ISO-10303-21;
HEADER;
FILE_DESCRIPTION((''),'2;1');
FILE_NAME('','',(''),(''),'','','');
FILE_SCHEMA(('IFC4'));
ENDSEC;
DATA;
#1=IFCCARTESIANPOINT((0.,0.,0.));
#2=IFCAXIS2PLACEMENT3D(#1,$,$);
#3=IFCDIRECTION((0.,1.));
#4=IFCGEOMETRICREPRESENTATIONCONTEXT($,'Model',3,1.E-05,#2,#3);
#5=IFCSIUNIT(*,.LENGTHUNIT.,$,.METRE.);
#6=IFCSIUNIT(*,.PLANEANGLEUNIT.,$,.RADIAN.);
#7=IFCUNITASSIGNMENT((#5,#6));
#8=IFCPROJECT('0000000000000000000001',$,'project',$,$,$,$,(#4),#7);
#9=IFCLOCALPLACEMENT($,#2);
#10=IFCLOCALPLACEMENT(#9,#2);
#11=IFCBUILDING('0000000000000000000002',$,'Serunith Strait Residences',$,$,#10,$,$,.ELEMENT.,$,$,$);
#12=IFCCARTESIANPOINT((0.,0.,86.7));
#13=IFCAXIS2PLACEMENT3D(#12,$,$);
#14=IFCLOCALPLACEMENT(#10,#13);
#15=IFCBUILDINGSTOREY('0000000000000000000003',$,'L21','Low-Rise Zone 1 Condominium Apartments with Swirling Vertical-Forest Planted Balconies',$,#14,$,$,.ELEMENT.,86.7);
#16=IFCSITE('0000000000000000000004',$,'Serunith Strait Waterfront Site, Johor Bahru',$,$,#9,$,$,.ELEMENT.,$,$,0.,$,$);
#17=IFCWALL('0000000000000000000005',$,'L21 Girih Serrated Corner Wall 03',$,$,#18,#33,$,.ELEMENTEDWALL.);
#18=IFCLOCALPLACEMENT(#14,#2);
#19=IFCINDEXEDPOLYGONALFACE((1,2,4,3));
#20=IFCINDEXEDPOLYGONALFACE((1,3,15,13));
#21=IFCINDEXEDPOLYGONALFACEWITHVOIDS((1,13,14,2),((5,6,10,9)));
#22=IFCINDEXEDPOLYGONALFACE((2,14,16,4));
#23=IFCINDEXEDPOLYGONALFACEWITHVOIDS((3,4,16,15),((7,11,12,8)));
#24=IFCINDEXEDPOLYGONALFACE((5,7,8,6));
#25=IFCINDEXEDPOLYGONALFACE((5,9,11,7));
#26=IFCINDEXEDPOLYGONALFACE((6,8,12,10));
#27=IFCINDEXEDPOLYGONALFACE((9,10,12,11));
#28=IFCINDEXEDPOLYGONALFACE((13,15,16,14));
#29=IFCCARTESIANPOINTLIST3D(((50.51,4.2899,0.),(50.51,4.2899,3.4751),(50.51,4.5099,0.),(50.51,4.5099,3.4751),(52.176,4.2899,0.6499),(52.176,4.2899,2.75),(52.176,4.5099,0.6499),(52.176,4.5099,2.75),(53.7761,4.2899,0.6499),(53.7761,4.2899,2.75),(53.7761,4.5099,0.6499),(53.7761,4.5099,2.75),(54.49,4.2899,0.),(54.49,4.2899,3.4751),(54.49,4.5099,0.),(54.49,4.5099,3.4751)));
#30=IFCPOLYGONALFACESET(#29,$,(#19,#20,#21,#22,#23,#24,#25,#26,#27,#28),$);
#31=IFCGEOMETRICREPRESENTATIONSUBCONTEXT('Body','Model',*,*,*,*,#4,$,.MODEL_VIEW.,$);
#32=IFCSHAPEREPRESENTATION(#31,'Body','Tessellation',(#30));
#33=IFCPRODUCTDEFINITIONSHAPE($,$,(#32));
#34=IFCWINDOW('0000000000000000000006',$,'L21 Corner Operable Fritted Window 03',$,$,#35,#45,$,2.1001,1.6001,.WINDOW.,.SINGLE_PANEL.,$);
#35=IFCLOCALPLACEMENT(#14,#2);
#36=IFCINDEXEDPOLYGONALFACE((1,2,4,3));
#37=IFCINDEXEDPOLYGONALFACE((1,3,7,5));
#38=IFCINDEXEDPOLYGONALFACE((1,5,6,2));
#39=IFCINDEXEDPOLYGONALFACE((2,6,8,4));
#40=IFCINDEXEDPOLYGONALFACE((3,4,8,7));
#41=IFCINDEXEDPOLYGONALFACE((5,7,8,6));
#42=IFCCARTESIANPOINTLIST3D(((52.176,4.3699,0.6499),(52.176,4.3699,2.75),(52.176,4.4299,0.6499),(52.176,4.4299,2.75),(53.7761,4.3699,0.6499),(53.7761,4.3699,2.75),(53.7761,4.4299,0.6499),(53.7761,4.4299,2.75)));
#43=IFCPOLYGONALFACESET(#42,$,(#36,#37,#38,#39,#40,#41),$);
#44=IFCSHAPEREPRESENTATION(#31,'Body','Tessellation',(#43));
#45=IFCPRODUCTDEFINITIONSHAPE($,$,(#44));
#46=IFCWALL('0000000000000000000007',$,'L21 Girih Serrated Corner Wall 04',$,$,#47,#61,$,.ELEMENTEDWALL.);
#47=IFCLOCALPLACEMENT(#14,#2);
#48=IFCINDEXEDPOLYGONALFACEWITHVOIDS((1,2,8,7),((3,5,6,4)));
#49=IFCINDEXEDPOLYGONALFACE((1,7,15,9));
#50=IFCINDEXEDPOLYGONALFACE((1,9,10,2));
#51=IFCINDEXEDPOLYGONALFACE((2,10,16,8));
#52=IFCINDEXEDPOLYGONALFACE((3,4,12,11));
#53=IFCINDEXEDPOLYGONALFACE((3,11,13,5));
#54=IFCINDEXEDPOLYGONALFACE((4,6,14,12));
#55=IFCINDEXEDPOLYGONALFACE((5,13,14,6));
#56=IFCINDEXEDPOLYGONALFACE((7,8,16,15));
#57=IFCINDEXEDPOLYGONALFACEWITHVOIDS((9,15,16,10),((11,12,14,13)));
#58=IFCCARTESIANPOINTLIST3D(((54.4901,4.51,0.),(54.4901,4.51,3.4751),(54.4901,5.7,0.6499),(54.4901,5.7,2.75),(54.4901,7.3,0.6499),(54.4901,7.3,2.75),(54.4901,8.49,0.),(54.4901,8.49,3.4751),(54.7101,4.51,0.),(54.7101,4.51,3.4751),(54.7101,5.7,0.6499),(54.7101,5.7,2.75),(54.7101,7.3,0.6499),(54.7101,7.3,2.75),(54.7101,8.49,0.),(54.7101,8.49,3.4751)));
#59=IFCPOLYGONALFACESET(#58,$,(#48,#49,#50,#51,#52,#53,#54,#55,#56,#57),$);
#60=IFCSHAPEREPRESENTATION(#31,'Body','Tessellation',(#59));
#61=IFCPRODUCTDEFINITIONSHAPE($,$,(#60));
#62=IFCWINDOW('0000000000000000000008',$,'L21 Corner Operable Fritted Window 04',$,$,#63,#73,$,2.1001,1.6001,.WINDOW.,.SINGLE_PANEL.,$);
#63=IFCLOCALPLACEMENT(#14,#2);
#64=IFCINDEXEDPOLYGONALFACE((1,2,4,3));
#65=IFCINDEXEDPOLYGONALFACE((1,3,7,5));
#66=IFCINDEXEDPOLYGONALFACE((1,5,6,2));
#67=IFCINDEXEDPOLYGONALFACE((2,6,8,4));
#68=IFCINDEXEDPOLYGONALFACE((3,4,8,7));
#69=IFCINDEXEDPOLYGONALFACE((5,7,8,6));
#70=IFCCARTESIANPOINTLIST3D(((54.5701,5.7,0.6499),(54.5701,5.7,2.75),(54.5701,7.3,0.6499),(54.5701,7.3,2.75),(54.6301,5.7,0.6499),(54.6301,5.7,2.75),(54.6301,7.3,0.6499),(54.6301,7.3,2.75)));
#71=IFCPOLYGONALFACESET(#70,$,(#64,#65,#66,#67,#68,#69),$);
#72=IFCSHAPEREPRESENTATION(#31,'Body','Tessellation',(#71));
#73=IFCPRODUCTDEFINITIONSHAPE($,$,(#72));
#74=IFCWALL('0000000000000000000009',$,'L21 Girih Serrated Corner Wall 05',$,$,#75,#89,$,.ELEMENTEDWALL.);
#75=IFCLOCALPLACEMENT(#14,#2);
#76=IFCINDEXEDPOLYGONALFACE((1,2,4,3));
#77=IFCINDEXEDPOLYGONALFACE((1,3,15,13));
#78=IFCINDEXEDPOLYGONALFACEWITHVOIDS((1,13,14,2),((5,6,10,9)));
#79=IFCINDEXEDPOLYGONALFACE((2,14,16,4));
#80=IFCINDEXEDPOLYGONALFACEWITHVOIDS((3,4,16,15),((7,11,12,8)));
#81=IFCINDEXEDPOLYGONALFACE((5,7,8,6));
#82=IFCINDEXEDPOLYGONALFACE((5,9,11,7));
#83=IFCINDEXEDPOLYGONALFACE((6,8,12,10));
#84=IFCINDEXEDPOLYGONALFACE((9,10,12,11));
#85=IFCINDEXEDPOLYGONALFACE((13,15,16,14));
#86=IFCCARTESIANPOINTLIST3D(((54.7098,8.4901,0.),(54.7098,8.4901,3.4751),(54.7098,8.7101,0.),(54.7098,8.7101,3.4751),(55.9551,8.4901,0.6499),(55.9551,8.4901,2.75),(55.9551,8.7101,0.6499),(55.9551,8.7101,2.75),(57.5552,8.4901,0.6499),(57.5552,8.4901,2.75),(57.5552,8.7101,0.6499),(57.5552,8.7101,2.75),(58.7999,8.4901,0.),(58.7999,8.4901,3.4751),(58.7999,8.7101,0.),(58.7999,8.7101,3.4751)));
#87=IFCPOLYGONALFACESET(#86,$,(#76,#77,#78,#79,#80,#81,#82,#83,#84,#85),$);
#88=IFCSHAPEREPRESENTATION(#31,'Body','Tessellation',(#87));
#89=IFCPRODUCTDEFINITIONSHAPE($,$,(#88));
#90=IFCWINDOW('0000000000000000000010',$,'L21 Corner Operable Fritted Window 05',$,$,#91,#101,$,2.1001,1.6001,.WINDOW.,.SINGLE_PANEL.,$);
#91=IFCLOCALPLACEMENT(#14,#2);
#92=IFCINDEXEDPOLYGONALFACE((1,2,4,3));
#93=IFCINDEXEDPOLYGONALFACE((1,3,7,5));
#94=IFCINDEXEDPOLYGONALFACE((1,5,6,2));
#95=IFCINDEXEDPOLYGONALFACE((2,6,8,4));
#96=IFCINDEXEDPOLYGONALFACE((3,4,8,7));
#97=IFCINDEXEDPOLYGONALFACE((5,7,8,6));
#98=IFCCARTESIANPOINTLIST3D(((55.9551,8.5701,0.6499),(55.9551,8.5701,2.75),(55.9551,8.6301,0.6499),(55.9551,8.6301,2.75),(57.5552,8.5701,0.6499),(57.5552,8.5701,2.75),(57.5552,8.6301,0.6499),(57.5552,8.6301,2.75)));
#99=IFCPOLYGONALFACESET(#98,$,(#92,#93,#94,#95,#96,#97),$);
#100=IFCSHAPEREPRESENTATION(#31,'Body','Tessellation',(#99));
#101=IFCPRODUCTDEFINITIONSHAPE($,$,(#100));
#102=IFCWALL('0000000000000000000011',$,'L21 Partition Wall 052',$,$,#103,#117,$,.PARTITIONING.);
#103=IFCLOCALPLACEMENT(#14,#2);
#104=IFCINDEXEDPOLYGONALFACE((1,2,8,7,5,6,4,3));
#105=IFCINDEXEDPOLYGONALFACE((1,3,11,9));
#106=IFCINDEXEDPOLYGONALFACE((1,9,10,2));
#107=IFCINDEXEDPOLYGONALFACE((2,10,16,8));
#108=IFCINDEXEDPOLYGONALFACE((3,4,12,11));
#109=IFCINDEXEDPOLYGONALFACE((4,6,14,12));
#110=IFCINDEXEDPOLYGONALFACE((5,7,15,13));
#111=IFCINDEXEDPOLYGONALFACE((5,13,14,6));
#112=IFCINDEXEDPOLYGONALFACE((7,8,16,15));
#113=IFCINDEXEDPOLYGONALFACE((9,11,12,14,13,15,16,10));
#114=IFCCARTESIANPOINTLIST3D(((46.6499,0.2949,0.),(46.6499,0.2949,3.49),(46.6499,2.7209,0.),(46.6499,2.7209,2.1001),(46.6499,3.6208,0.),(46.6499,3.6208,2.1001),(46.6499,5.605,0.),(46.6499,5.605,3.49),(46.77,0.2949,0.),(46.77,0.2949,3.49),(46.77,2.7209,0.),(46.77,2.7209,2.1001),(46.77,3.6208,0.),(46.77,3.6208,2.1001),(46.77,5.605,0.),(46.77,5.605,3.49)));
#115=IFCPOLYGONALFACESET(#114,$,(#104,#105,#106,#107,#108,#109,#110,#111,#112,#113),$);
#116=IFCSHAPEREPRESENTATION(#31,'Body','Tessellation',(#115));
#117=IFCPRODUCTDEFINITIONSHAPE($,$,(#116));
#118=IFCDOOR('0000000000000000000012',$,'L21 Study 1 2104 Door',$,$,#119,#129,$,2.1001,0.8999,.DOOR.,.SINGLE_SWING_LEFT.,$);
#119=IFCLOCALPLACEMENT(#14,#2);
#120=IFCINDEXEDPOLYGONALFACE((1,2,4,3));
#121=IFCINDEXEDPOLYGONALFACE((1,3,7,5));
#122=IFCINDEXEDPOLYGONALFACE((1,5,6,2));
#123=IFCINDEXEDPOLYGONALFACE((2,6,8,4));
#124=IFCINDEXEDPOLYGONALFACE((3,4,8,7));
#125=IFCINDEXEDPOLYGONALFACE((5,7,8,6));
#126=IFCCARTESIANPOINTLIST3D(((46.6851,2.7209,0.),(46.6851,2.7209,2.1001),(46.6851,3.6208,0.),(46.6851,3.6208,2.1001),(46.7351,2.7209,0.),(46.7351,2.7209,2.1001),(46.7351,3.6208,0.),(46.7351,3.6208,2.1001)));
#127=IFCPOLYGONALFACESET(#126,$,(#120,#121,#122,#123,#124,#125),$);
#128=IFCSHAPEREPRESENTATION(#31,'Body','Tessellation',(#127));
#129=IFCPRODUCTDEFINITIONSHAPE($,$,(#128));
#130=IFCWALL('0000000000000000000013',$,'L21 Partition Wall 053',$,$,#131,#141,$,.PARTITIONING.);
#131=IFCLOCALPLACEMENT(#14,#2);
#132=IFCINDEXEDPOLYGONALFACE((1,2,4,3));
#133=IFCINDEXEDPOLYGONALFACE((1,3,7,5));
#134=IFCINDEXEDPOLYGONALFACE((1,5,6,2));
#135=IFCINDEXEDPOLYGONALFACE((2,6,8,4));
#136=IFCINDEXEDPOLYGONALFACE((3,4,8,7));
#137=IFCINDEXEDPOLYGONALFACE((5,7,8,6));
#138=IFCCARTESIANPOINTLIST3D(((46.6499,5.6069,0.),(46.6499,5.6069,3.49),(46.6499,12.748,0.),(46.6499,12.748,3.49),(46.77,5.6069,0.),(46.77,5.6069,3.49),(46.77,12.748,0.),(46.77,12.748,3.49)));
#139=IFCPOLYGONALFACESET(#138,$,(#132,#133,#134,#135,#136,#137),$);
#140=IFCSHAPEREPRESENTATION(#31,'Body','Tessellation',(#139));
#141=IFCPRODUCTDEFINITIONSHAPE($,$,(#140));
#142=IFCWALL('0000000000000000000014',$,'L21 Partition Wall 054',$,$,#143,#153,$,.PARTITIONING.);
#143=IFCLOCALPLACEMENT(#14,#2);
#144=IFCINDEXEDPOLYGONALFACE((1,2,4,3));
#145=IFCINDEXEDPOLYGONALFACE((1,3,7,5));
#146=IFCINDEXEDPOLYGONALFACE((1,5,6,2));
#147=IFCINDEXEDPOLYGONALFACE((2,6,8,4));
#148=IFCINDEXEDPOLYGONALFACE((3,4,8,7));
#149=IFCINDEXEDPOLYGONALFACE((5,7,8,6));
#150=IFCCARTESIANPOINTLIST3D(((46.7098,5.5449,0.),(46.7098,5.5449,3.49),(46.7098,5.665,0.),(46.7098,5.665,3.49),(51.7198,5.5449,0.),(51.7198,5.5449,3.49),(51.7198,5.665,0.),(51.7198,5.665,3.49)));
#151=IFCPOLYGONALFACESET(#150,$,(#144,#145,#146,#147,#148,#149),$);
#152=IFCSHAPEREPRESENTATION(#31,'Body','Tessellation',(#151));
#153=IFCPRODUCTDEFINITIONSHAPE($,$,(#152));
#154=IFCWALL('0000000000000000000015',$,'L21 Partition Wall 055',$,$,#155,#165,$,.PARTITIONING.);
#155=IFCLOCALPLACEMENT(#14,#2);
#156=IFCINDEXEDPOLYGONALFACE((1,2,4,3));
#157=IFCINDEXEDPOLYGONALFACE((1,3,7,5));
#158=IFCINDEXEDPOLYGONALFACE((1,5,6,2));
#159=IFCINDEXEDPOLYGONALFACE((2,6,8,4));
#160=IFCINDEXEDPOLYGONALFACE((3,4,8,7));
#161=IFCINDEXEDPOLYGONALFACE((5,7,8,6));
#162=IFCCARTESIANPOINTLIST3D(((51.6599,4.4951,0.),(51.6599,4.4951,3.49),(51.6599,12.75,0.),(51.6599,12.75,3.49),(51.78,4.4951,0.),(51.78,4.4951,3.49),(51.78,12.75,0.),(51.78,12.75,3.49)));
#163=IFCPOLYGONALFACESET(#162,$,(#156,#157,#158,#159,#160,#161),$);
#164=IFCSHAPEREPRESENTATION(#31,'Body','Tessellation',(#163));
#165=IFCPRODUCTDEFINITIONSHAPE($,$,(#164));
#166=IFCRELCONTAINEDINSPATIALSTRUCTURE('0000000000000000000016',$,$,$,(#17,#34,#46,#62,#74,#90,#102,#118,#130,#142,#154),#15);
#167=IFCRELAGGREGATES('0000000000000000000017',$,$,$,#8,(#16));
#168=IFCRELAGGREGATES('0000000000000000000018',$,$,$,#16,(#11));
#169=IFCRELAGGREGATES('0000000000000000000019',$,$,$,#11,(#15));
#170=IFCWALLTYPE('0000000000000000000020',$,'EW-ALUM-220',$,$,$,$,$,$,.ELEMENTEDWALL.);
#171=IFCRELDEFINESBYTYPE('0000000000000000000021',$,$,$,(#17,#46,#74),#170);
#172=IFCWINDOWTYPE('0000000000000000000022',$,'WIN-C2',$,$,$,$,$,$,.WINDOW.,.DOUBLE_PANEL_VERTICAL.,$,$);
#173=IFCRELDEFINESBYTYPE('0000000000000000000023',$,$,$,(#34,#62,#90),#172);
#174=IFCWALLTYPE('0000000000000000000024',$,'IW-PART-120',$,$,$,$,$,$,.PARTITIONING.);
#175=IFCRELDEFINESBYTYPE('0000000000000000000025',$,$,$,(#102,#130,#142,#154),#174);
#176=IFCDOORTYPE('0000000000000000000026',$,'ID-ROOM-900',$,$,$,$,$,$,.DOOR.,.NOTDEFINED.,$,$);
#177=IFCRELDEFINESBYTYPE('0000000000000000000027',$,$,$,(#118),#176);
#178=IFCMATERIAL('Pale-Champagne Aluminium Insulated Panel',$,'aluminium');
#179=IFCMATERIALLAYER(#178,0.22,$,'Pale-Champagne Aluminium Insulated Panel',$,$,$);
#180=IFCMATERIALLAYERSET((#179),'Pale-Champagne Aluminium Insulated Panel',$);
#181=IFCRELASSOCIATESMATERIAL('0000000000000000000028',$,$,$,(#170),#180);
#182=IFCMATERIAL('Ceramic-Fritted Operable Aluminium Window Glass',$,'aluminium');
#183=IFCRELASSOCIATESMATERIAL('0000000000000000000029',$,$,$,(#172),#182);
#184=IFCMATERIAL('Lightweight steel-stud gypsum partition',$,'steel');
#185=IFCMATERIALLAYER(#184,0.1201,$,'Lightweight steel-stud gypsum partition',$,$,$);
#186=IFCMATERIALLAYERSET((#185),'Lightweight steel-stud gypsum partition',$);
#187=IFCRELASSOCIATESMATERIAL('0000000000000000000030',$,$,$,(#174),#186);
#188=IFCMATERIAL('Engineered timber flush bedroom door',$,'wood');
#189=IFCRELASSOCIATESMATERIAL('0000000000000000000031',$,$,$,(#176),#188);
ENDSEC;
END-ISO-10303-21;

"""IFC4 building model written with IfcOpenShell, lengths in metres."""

from ifc_helpers import new_model, si_unit, direction, frame, frame_2d, origin, place, context, subcontext, project, spatial, rectangle, extrude, source, transform, mapped, material, layer, layer_set, type_object, element, fill, save


model = new_model("IFC4")

# Units and contexts
model_context = context("Model", 3, precision=1e-05, world=origin(), true_north=direction((0.0, 1.0)))
body_context = subcontext(model_context, "Body", "Model", "MODEL_VIEW")
ifc_project = project(units=[si_unit("LENGTHUNIT", "METRE"), si_unit("PLANEANGLEUNIT", "RADIAN")], contexts=[model_context])

# Site, building, storey
site_placement = place(None, origin())
site = spatial("IfcSite", under=ifc_project, at=site_placement, Name="Serunith Strait Waterfront Site, Johor Bahru", CompositionType="ELEMENT", RefElevation=0.0)
building_placement = place(site_placement, origin())
building = spatial("IfcBuilding", under=site, at=building_placement, Name="Serunith Strait Residences", CompositionType="ELEMENT")
storey_placement = place(building_placement, frame((0.0, 0.0, 86.7)))
storey = spatial("IfcBuildingStorey", under=building, at=storey_placement, Name="L21", Description="Low-Rise Zone 1 Condominium Apartments with Swirling Vertical-Forest Planted Balconies", CompositionType="ELEMENT", Elevation=86.7)

# Walls, openings, windows
ifc_material_1 = material(Name="Pale-Champagne Aluminium Insulated Panel", Category="aluminium")
ifc_layer_1 = layer(ifc_material_1, 0.22, Name="Pale-Champagne Aluminium Insulated Panel")
ifc_layer_set_1 = layer_set([ifc_layer_1], Name="Pale-Champagne Aluminium Insulated Panel")
wall_type_1 = type_object("IfcWallType", Name="EW-ALUM-220", PredefinedType="ELEMENTEDWALL", material=ifc_layer_set_1)
ifc_material_2 = material(Name="Ceramic-Fritted Operable Aluminium Window Glass", Category="aluminium")
window_type = type_object("IfcWindowType", Name="WIN-C2", PartitioningType="DOUBLE_PANEL_VERTICAL", PredefinedType="WINDOW", material=ifc_material_2)
shared_shape_1 = source(origin(), body_context, "Body", "SweptSolid", [
    extrude(rectangle(XDim=1.6001, YDim=2.1001, at=frame_2d((0.8, 1.05))), frame((0.0, 0.03, 0.0), z_axis=(0.0, -1.0, 0.0), x_axis=(1.0, 0.0, 0.0)), (0.0, 0.0, 1.0), 0.0601),
])
wall_1_placement = place(storey_placement, frame((50.51, 4.3999, 0.0), z_axis=(0.0, 0.0, 1.0), x_axis=(1.0, 0.0, 0.0)))
wall_1 = element("IfcWall", 1, at=wall_1_placement, inside=storey, type_object=wall_type_1, Name="L21 Girih Serrated Corner Wall 03", PredefinedType="ELEMENTEDWALL", context=body_context, shape_type="SweptSolid", body=[
    extrude(rectangle(XDim=3.98, YDim=0.22, at=frame_2d((1.99, 0.0))), origin(), (0.0, 0.0, 1.0), 3.4751),
])
opening_1_placement = place(wall_1_placement, frame((1.666, 0.0, 0.6499)))
opening_1 = element("IfcOpeningElement", 2, at=opening_1_placement, cuts=wall_1, PredefinedType="OPENING", context=body_context, shape_type="SweptSolid", body=[
    extrude(rectangle(XDim=1.6001, YDim=2.1001, at=frame_2d((0.8, 1.05))), frame((0.0, 0.1201, 0.0), z_axis=(0.0, -1.0, 0.0), x_axis=(1.0, 0.0, 0.0)), (0.0, 0.0, 1.0), 0.24),
])
window_1_placement = place(opening_1_placement, origin())
window_1 = element("IfcWindow", 3, at=window_1_placement, inside=storey, type_object=window_type, Name="L21 Corner Operable Fritted Window 03", OverallHeight=2.1001, OverallWidth=1.6001, PartitioningType="SINGLE_PANEL", PredefinedType="WINDOW", context=body_context, shape_type="MappedRepresentation", body=[
    mapped(shared_shape_1, transform((0.0, 0.0, 0.0), scale=1.0)),
])
fill(opening_1, window_1)
wall_2_placement = place(storey_placement, frame((54.6001, 4.51, 0.0), z_axis=(0.0, 0.0, 1.0), x_axis=(0.0, 1.0, 0.0)))
wall_2 = element("IfcWall", 4, at=wall_2_placement, inside=storey, type_object=wall_type_1, Name="L21 Girih Serrated Corner Wall 04", PredefinedType="ELEMENTEDWALL", context=body_context, shape_type="SweptSolid", body=[
    extrude(rectangle(XDim=3.98, YDim=0.22, at=frame_2d((1.99, 0.0))), origin(), (0.0, 0.0, 1.0), 3.4751),
])
opening_2_placement = place(wall_2_placement, frame((1.1899, 0.0, 0.6499)))
opening_2 = element("IfcOpeningElement", 5, at=opening_2_placement, cuts=wall_2, PredefinedType="OPENING", context=body_context, shape_type="SweptSolid", body=[
    extrude(rectangle(XDim=1.6001, YDim=2.1001, at=frame_2d((0.8, 1.05))), frame((0.0, 0.1201, 0.0), z_axis=(0.0, -1.0, 0.0), x_axis=(1.0, 0.0, 0.0)), (0.0, 0.0, 1.0), 0.24),
])
window_2_placement = place(opening_2_placement, origin())
window_2 = element("IfcWindow", 6, at=window_2_placement, inside=storey, type_object=window_type, Name="L21 Corner Operable Fritted Window 04", OverallHeight=2.1001, OverallWidth=1.6001, PartitioningType="SINGLE_PANEL", PredefinedType="WINDOW", context=body_context, shape_type="MappedRepresentation", body=[
    mapped(shared_shape_1, transform((0.0, 0.0, 0.0), scale=1.0)),
])
fill(opening_2, window_2)
wall_3_placement = place(storey_placement, frame((54.71, 8.6001, 0.0), z_axis=(0.0, 0.0, 1.0), x_axis=(1.0, 0.0, 0.0)))
wall_3 = element("IfcWall", 7, at=wall_3_placement, inside=storey, type_object=wall_type_1, Name="L21 Girih Serrated Corner Wall 05", PredefinedType="ELEMENTEDWALL", context=body_context, shape_type="SweptSolid", body=[
    extrude(rectangle(XDim=4.0901, YDim=0.22, at=frame_2d((2.0449, 0.0))), origin(), (0.0, 0.0, 1.0), 3.4751),
])
opening_3_placement = place(wall_3_placement, frame((1.2451, 0.0, 0.6499)))
opening_3 = element("IfcOpeningElement", 8, at=opening_3_placement, cuts=wall_3, PredefinedType="OPENING", context=body_context, shape_type="SweptSolid", body=[
    extrude(rectangle(XDim=1.6001, YDim=2.1001, at=frame_2d((0.8, 1.05))), frame((0.0, 0.1201, 0.0), z_axis=(0.0, -1.0, 0.0), x_axis=(1.0, 0.0, 0.0)), (0.0, 0.0, 1.0), 0.24),
])
window_3_placement = place(opening_3_placement, origin())
window_3 = element("IfcWindow", 9, at=window_3_placement, inside=storey, type_object=window_type, Name="L21 Corner Operable Fritted Window 05", OverallHeight=2.1001, OverallWidth=1.6001, PartitioningType="SINGLE_PANEL", PredefinedType="WINDOW", context=body_context, shape_type="MappedRepresentation", body=[
    mapped(shared_shape_1, transform((0.0, 0.0, 0.0), scale=1.0)),
])
fill(opening_3, window_3)

# Wall, opening, door
ifc_material_3 = material(Name="Lightweight steel-stud gypsum partition", Category="steel")
ifc_layer_2 = layer(ifc_material_3, 0.1201, Name="Lightweight steel-stud gypsum partition")
ifc_layer_set_2 = layer_set([ifc_layer_2], Name="Lightweight steel-stud gypsum partition")
wall_type_2 = type_object("IfcWallType", Name="IW-PART-120", PredefinedType="PARTITIONING", material=ifc_layer_set_2)
wall_4_placement = place(storey_placement, frame((46.71, 0.2949, 0.0), z_axis=(0.0, 0.0, 1.0), x_axis=(0.0, 1.0, 0.0)))
wall_4 = element("IfcWall", 10, at=wall_4_placement, inside=storey, type_object=wall_type_2, Name="L21 Partition Wall 052", PredefinedType="PARTITIONING", context=body_context, shape_type="SweptSolid", body=[
    extrude(rectangle(XDim=5.3101, YDim=0.1201, at=frame_2d((2.655, 0.0))), origin(), (0.0, 0.0, 1.0), 3.49),
])
opening_4_placement = place(wall_4_placement, frame((2.426, 0.0, 0.0)))
opening_4 = element("IfcOpeningElement", 11, at=opening_4_placement, cuts=wall_4, PredefinedType="OPENING", context=body_context, shape_type="SweptSolid", body=[
    extrude(rectangle(XDim=0.8999, YDim=2.1001, at=frame_2d((0.45, 1.05))), frame((0.0, 0.0701, 0.0), z_axis=(0.0, -1.0, 0.0), x_axis=(1.0, 0.0, 0.0)), (0.0, 0.0, 1.0), 0.1401),
])
ifc_material_4 = material(Name="Engineered timber flush bedroom door", Category="wood")
door_type = type_object("IfcDoorType", Name="ID-ROOM-900", OperationType="NOTDEFINED", PredefinedType="DOOR", material=ifc_material_4)
shared_shape_2 = source(origin(), body_context, "Body", "SweptSolid", [
    extrude(rectangle(XDim=0.8999, YDim=2.1001, at=frame_2d((0.45, 1.05))), frame((0.0, 0.0249, 0.0), z_axis=(0.0, -1.0, 0.0), x_axis=(1.0, 0.0, 0.0)), (0.0, 0.0, 1.0), 0.05),
])
door_placement = place(opening_4_placement, origin())
door = element("IfcDoor", 12, at=door_placement, inside=storey, type_object=door_type, Name="L21 Study 1 2104 Door", OperationType="SINGLE_SWING_LEFT", OverallHeight=2.1001, OverallWidth=0.8999, PredefinedType="DOOR", context=body_context, shape_type="MappedRepresentation", body=[
    mapped(shared_shape_2, transform((0.0, 0.0, 0.0), scale=1.0)),
])
fill(opening_4, door)

# Walls
wall_5_placement = place(storey_placement, frame((46.71, 5.6069, 0.0), z_axis=(0.0, 0.0, 1.0), x_axis=(0.0, 1.0, 0.0)))
element("IfcWall", 13, at=wall_5_placement, inside=storey, type_object=wall_type_2, Name="L21 Partition Wall 053", PredefinedType="PARTITIONING", context=body_context, shape_type="SweptSolid", body=[
    extrude(rectangle(XDim=7.1411, YDim=0.1201, at=frame_2d((3.5706, 0.0))), origin(), (0.0, 0.0, 1.0), 3.49),
])
wall_6_placement = place(storey_placement, frame((46.71, 5.605, 0.0), z_axis=(0.0, 0.0, 1.0), x_axis=(1.0, 0.0, 0.0)))
element("IfcWall", 14, at=wall_6_placement, inside=storey, type_object=wall_type_2, Name="L21 Partition Wall 054", PredefinedType="PARTITIONING", context=body_context, shape_type="SweptSolid", body=[
    extrude(rectangle(XDim=5.01, YDim=0.1201, at=frame_2d((2.5049, 0.0))), origin(), (0.0, 0.0, 1.0), 3.49),
])
wall_7_placement = place(storey_placement, frame((51.72, 4.4951, 0.0), z_axis=(0.0, 0.0, 1.0), x_axis=(0.0, 1.0, 0.0)))
element("IfcWall", 15, at=wall_7_placement, inside=storey, type_object=wall_type_2, Name="L21 Partition Wall 055", PredefinedType="PARTITIONING", context=body_context, shape_type="SweptSolid", body=[
    extrude(rectangle(XDim=8.2549, YDim=0.1201, at=frame_2d((4.1274, 0.0))), origin(), (0.0, 0.0, 1.0), 3.49),
])

save(model, "model.ifc")
